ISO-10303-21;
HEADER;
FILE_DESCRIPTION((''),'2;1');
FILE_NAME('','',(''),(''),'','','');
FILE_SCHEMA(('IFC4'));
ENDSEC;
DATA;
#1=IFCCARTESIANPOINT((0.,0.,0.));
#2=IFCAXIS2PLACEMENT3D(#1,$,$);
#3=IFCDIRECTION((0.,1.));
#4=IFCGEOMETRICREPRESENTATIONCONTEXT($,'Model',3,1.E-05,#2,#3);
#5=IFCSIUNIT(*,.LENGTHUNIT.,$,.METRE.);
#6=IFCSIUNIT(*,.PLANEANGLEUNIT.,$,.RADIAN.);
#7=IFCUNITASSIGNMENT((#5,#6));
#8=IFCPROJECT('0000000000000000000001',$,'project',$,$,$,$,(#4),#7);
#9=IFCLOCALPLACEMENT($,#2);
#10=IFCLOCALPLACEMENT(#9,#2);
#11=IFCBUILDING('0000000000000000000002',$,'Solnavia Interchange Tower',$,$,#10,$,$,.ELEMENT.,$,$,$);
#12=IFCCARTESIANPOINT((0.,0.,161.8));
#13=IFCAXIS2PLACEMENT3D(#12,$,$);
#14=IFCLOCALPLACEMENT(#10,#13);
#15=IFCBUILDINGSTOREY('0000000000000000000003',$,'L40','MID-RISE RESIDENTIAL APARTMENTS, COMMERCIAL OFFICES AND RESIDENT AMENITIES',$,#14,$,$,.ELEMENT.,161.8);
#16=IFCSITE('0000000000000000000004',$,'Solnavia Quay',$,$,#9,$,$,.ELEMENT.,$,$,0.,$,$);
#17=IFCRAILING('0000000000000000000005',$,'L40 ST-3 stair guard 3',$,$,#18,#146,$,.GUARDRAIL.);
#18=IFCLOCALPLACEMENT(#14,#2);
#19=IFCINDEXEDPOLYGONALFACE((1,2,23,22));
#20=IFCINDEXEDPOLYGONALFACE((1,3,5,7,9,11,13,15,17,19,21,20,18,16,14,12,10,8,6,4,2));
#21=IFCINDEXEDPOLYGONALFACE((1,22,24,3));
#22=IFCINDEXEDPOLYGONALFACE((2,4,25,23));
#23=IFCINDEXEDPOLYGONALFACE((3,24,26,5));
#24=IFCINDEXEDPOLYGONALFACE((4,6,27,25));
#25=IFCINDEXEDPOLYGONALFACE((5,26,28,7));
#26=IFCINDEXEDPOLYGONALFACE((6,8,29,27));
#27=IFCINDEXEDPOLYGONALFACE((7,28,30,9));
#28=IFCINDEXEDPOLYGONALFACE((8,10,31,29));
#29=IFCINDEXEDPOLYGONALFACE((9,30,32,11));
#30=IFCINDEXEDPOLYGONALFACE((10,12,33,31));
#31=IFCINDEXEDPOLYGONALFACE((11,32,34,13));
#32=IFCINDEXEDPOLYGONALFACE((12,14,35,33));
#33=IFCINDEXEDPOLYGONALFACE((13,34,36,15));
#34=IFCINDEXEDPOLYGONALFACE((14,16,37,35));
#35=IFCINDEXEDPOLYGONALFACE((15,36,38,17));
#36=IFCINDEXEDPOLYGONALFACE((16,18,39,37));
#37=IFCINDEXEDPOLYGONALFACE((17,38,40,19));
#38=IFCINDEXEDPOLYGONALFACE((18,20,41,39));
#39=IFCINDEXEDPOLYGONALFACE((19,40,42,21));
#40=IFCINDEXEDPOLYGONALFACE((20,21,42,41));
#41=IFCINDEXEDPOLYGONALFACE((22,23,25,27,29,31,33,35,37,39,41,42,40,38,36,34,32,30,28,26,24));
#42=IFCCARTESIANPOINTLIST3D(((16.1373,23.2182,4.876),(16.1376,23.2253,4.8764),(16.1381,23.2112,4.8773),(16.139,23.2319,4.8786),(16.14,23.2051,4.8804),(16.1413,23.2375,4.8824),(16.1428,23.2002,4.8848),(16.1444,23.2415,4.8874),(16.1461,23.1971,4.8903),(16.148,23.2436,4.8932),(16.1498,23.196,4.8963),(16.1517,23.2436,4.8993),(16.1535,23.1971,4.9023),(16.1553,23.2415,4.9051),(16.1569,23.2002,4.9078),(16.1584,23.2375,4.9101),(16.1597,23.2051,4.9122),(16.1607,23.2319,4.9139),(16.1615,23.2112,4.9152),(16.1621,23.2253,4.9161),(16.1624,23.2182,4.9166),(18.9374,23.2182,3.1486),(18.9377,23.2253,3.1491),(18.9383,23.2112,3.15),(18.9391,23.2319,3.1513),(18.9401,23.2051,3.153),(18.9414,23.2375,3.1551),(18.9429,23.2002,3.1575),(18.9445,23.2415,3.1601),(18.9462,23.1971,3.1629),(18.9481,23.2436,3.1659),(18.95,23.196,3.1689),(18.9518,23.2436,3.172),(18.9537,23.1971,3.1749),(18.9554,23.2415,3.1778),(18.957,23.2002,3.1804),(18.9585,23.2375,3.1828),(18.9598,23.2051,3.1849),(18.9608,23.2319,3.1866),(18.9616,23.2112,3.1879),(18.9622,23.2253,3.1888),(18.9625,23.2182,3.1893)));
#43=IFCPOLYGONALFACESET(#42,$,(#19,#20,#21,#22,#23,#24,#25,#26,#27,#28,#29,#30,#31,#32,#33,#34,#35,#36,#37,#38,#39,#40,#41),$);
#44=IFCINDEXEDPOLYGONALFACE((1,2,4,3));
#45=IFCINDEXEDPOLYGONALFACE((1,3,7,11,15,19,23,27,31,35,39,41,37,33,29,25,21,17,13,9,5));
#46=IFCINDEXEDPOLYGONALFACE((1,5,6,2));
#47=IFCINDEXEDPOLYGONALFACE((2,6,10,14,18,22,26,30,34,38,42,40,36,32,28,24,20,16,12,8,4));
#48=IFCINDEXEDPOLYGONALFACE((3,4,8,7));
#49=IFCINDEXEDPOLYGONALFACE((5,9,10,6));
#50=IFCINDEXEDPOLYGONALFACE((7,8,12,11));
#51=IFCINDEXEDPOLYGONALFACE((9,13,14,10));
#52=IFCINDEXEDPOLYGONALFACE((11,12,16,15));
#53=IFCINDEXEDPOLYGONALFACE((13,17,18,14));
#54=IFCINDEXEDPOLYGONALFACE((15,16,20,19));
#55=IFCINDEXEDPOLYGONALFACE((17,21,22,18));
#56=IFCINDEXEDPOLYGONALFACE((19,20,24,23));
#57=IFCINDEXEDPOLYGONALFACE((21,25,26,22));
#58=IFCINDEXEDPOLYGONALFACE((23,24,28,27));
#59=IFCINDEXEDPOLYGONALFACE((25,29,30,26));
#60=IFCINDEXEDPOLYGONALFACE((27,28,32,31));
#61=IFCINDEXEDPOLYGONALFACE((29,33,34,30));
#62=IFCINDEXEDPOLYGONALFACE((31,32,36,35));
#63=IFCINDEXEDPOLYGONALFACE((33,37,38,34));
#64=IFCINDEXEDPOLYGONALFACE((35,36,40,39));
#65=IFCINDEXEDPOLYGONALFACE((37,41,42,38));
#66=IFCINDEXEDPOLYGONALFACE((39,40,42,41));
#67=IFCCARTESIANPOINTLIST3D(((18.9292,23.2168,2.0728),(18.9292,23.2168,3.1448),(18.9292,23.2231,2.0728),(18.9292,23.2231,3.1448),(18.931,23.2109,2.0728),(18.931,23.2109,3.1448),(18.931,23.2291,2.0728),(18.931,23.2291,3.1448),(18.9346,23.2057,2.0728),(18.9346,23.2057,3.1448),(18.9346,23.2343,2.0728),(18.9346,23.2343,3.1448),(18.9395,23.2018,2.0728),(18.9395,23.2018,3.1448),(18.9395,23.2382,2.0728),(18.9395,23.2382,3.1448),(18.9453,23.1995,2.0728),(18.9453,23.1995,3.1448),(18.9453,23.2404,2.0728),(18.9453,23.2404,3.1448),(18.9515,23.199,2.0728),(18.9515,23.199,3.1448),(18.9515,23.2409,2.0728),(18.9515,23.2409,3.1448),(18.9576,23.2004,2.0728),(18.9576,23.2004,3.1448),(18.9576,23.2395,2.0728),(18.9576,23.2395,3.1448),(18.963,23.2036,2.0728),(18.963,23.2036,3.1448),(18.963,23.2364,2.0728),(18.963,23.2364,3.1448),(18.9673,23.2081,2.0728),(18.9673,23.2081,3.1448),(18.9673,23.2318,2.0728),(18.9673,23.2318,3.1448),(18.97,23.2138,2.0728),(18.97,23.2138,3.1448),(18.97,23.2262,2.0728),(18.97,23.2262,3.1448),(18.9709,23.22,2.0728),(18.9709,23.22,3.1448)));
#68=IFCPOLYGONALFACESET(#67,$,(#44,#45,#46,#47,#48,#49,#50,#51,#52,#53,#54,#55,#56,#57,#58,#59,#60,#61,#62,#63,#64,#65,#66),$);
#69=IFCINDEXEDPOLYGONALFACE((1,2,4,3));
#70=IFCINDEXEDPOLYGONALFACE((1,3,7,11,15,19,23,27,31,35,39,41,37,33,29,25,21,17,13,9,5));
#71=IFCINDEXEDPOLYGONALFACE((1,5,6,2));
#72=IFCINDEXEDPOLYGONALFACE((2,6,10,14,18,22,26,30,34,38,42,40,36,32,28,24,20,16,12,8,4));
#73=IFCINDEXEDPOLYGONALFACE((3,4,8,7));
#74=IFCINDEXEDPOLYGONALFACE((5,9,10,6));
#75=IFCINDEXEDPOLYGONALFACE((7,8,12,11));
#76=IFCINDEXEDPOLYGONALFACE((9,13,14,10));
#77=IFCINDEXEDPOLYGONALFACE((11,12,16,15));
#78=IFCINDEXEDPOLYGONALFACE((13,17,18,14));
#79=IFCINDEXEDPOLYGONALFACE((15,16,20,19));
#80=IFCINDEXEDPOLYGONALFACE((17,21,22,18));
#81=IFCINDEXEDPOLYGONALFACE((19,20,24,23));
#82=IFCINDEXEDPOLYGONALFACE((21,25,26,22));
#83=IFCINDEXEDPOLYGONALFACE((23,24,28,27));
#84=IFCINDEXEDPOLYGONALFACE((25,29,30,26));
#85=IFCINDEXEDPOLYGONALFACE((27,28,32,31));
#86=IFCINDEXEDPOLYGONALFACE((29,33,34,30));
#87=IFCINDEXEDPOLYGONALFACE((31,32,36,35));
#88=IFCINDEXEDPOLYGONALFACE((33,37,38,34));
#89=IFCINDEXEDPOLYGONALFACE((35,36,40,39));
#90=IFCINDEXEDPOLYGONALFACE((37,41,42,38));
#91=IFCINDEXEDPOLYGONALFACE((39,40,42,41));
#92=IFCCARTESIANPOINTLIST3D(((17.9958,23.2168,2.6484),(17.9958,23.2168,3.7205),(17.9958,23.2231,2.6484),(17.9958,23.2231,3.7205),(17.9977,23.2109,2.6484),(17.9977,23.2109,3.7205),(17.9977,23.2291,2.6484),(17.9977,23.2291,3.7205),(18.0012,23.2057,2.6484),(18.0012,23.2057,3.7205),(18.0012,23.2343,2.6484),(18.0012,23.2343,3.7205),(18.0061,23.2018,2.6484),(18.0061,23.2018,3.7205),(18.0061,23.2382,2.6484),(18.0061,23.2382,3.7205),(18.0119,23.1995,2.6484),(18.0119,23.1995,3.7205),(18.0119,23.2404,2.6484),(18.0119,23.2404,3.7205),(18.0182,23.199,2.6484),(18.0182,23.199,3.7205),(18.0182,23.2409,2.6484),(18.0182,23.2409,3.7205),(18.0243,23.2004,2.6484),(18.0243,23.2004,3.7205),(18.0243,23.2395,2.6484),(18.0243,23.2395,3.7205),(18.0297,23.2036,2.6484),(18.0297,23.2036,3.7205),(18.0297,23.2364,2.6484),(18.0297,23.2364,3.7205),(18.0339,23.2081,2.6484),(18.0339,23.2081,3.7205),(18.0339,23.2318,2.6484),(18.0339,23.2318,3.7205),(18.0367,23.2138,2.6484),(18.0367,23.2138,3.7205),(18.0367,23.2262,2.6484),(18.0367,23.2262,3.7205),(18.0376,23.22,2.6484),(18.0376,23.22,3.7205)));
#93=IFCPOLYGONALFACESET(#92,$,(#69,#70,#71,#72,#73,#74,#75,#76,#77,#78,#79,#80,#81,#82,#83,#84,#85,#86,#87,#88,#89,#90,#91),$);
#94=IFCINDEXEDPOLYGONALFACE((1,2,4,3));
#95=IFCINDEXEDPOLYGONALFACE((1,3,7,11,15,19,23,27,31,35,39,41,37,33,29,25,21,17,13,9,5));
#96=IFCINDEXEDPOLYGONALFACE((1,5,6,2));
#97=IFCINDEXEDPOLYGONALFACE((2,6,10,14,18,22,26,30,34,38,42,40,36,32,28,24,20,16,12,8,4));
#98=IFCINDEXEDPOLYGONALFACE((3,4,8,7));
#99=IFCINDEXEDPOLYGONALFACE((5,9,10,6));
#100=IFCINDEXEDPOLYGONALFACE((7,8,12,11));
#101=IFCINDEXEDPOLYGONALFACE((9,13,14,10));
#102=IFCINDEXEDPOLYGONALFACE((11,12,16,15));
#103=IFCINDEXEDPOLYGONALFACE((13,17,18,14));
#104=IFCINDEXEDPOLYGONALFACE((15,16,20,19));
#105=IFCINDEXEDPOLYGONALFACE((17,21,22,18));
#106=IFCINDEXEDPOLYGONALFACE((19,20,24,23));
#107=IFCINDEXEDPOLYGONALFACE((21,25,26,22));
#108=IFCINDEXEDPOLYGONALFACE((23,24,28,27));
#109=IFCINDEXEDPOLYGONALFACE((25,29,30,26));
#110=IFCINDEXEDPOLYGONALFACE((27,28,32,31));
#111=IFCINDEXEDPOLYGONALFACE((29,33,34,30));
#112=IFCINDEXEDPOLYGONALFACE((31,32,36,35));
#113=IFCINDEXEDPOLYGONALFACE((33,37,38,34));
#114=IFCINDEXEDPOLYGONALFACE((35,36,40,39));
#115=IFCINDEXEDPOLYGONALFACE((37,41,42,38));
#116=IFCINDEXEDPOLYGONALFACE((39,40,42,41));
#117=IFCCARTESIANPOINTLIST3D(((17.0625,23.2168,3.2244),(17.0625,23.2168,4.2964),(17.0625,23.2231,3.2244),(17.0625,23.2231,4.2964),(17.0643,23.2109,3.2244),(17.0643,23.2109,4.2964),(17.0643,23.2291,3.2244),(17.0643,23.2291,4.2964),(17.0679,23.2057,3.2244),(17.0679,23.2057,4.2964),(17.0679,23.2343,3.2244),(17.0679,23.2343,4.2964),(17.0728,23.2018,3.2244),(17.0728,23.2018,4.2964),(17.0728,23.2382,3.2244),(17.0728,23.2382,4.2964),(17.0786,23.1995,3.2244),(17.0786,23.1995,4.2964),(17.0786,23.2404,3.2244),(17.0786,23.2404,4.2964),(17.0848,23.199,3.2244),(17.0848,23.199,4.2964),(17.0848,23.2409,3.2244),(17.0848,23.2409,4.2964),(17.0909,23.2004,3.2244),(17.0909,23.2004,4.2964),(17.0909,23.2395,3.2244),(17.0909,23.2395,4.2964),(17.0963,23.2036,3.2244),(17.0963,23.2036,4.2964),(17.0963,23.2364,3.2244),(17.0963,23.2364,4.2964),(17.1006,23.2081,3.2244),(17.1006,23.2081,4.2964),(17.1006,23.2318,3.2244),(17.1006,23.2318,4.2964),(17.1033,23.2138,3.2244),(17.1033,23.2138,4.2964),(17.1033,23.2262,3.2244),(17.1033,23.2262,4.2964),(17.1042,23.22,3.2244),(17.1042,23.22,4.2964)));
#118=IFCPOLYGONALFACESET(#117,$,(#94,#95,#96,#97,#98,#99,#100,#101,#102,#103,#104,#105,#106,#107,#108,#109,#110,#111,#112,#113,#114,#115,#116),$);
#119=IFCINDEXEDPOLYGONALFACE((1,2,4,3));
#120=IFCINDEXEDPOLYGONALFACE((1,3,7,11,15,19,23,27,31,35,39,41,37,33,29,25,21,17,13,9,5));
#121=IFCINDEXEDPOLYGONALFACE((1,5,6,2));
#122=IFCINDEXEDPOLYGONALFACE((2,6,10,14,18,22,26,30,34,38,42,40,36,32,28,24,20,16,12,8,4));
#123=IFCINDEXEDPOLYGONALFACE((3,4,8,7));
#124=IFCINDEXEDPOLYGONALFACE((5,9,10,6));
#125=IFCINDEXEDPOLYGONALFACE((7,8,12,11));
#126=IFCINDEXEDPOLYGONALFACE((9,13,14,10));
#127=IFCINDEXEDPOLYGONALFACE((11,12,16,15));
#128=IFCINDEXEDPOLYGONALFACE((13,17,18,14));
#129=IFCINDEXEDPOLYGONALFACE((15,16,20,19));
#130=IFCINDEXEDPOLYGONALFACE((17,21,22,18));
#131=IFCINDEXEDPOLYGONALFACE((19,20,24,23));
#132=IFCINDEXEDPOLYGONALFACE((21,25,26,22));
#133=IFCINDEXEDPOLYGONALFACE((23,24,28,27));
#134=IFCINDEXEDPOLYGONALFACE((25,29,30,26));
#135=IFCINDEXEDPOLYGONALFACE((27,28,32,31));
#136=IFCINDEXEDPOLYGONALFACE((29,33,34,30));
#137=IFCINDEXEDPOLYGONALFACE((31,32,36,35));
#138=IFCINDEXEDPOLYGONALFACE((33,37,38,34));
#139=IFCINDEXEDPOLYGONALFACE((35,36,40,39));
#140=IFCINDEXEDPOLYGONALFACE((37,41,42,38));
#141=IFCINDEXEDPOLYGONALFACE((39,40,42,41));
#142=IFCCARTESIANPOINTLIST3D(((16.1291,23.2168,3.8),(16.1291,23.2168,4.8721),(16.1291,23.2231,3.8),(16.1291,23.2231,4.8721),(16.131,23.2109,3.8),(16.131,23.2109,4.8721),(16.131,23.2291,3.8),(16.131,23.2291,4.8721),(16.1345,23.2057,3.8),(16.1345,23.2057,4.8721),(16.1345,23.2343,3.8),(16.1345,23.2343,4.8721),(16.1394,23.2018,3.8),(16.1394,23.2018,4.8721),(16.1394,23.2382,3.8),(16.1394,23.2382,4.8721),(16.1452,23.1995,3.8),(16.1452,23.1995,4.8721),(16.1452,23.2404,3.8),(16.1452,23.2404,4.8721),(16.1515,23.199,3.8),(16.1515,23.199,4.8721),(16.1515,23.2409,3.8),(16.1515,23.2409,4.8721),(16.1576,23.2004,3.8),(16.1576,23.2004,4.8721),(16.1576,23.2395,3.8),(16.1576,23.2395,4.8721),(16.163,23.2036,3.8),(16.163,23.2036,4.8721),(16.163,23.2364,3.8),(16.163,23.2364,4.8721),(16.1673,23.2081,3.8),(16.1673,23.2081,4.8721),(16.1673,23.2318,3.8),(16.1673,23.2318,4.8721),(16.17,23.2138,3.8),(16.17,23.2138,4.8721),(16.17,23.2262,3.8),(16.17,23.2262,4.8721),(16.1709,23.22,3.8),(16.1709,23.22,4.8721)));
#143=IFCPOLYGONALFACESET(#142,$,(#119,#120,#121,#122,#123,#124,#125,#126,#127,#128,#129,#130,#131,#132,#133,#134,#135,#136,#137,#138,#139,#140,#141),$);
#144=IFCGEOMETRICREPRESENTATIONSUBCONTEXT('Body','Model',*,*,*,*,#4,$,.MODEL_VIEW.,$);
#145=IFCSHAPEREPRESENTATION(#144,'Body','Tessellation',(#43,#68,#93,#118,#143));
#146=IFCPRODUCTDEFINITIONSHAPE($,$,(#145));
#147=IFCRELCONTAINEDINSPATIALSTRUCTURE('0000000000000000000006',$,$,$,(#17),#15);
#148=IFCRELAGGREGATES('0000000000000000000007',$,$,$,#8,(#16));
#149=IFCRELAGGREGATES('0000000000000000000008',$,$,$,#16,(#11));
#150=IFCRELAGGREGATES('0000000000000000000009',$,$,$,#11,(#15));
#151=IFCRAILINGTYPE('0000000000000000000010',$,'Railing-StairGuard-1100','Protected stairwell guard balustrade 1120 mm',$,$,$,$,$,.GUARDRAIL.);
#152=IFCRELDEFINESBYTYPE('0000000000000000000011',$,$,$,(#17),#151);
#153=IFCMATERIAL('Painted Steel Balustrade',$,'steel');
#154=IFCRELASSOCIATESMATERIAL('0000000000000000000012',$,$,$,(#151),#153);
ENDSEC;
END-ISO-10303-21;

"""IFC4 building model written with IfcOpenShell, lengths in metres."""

from ifc_helpers import new_model, si_unit, direction, frame, origin, origin_2d, place, context, subcontext, project, spatial, circle, extrude, material, type_object, element, save


model = new_model("IFC4")

# Units and contexts
model_context = context("Model", 3, precision=1e-05, world=origin(), true_north=direction((0.0, 1.0)))
body_context = subcontext(model_context, "Body", "Model", "MODEL_VIEW")
ifc_project = project(units=[si_unit("LENGTHUNIT", "METRE"), si_unit("PLANEANGLEUNIT", "RADIAN")], contexts=[model_context])

# Site, building, storey
site_placement = place(None, origin())
site = spatial("IfcSite", under=ifc_project, at=site_placement, Name="Solnavia Quay", CompositionType="ELEMENT", RefElevation=0.0)
building_placement = place(site_placement, origin())
building = spatial("IfcBuilding", under=site, at=building_placement, Name="Solnavia Interchange Tower", CompositionType="ELEMENT")
storey_placement = place(building_placement, frame((0.0, 0.0, 161.8)))
storey = spatial("IfcBuildingStorey", under=building, at=storey_placement, Name="L40", Description="MID-RISE RESIDENTIAL APARTMENTS, COMMERCIAL OFFICES AND RESIDENT AMENITIES", CompositionType="ELEMENT", Elevation=161.8)

# Railing
ifc_material_1 = material(Name="Painted Steel Balustrade", Category="steel")
railing_type_1 = type_object("IfcRailingType", Name="Railing-StairGuard-1100", Description="Protected stairwell guard balustrade 1120 mm", PredefinedType="GUARDRAIL", material=ifc_material_1)
railing_1_placement = place(storey_placement, frame((18.95, 23.22, 2.0728)))
element("IfcRailing", 1, at=railing_1_placement, inside=storey, type_object=railing_type_1, Name="L40 ST-3 stair guard 3", PredefinedType="GUARDRAIL", context=body_context, shape_type="SweptSolid", body=[
    extrude(circle(Radius=0.0239, at=origin_2d()), frame((0.0, 0.0, 1.0962), z_axis=(-0.85109, 0.0, 0.52502), x_axis=(0.0, -1.0, 0.0)), (0.0, 0.0, 1.0), 3.29),
    extrude(circle(Radius=0.021, at=origin_2d()), origin(), (0.0, 0.0, 1.0), 1.072),
    extrude(circle(Radius=0.021, at=origin_2d()), frame((-0.9333, 0.0, 0.5757)), (0.0, 0.0, 1.0), 1.072),
    extrude(circle(Radius=0.021, at=origin_2d()), frame((-1.8667, 0.0, 1.1516)), (0.0, 0.0, 1.0), 1.072),
    extrude(circle(Radius=0.021, at=origin_2d()), frame((-2.8, 0.0, 1.7273)), (0.0, 0.0, 1.0), 1.072),
])

save(model, "model.ifc")
